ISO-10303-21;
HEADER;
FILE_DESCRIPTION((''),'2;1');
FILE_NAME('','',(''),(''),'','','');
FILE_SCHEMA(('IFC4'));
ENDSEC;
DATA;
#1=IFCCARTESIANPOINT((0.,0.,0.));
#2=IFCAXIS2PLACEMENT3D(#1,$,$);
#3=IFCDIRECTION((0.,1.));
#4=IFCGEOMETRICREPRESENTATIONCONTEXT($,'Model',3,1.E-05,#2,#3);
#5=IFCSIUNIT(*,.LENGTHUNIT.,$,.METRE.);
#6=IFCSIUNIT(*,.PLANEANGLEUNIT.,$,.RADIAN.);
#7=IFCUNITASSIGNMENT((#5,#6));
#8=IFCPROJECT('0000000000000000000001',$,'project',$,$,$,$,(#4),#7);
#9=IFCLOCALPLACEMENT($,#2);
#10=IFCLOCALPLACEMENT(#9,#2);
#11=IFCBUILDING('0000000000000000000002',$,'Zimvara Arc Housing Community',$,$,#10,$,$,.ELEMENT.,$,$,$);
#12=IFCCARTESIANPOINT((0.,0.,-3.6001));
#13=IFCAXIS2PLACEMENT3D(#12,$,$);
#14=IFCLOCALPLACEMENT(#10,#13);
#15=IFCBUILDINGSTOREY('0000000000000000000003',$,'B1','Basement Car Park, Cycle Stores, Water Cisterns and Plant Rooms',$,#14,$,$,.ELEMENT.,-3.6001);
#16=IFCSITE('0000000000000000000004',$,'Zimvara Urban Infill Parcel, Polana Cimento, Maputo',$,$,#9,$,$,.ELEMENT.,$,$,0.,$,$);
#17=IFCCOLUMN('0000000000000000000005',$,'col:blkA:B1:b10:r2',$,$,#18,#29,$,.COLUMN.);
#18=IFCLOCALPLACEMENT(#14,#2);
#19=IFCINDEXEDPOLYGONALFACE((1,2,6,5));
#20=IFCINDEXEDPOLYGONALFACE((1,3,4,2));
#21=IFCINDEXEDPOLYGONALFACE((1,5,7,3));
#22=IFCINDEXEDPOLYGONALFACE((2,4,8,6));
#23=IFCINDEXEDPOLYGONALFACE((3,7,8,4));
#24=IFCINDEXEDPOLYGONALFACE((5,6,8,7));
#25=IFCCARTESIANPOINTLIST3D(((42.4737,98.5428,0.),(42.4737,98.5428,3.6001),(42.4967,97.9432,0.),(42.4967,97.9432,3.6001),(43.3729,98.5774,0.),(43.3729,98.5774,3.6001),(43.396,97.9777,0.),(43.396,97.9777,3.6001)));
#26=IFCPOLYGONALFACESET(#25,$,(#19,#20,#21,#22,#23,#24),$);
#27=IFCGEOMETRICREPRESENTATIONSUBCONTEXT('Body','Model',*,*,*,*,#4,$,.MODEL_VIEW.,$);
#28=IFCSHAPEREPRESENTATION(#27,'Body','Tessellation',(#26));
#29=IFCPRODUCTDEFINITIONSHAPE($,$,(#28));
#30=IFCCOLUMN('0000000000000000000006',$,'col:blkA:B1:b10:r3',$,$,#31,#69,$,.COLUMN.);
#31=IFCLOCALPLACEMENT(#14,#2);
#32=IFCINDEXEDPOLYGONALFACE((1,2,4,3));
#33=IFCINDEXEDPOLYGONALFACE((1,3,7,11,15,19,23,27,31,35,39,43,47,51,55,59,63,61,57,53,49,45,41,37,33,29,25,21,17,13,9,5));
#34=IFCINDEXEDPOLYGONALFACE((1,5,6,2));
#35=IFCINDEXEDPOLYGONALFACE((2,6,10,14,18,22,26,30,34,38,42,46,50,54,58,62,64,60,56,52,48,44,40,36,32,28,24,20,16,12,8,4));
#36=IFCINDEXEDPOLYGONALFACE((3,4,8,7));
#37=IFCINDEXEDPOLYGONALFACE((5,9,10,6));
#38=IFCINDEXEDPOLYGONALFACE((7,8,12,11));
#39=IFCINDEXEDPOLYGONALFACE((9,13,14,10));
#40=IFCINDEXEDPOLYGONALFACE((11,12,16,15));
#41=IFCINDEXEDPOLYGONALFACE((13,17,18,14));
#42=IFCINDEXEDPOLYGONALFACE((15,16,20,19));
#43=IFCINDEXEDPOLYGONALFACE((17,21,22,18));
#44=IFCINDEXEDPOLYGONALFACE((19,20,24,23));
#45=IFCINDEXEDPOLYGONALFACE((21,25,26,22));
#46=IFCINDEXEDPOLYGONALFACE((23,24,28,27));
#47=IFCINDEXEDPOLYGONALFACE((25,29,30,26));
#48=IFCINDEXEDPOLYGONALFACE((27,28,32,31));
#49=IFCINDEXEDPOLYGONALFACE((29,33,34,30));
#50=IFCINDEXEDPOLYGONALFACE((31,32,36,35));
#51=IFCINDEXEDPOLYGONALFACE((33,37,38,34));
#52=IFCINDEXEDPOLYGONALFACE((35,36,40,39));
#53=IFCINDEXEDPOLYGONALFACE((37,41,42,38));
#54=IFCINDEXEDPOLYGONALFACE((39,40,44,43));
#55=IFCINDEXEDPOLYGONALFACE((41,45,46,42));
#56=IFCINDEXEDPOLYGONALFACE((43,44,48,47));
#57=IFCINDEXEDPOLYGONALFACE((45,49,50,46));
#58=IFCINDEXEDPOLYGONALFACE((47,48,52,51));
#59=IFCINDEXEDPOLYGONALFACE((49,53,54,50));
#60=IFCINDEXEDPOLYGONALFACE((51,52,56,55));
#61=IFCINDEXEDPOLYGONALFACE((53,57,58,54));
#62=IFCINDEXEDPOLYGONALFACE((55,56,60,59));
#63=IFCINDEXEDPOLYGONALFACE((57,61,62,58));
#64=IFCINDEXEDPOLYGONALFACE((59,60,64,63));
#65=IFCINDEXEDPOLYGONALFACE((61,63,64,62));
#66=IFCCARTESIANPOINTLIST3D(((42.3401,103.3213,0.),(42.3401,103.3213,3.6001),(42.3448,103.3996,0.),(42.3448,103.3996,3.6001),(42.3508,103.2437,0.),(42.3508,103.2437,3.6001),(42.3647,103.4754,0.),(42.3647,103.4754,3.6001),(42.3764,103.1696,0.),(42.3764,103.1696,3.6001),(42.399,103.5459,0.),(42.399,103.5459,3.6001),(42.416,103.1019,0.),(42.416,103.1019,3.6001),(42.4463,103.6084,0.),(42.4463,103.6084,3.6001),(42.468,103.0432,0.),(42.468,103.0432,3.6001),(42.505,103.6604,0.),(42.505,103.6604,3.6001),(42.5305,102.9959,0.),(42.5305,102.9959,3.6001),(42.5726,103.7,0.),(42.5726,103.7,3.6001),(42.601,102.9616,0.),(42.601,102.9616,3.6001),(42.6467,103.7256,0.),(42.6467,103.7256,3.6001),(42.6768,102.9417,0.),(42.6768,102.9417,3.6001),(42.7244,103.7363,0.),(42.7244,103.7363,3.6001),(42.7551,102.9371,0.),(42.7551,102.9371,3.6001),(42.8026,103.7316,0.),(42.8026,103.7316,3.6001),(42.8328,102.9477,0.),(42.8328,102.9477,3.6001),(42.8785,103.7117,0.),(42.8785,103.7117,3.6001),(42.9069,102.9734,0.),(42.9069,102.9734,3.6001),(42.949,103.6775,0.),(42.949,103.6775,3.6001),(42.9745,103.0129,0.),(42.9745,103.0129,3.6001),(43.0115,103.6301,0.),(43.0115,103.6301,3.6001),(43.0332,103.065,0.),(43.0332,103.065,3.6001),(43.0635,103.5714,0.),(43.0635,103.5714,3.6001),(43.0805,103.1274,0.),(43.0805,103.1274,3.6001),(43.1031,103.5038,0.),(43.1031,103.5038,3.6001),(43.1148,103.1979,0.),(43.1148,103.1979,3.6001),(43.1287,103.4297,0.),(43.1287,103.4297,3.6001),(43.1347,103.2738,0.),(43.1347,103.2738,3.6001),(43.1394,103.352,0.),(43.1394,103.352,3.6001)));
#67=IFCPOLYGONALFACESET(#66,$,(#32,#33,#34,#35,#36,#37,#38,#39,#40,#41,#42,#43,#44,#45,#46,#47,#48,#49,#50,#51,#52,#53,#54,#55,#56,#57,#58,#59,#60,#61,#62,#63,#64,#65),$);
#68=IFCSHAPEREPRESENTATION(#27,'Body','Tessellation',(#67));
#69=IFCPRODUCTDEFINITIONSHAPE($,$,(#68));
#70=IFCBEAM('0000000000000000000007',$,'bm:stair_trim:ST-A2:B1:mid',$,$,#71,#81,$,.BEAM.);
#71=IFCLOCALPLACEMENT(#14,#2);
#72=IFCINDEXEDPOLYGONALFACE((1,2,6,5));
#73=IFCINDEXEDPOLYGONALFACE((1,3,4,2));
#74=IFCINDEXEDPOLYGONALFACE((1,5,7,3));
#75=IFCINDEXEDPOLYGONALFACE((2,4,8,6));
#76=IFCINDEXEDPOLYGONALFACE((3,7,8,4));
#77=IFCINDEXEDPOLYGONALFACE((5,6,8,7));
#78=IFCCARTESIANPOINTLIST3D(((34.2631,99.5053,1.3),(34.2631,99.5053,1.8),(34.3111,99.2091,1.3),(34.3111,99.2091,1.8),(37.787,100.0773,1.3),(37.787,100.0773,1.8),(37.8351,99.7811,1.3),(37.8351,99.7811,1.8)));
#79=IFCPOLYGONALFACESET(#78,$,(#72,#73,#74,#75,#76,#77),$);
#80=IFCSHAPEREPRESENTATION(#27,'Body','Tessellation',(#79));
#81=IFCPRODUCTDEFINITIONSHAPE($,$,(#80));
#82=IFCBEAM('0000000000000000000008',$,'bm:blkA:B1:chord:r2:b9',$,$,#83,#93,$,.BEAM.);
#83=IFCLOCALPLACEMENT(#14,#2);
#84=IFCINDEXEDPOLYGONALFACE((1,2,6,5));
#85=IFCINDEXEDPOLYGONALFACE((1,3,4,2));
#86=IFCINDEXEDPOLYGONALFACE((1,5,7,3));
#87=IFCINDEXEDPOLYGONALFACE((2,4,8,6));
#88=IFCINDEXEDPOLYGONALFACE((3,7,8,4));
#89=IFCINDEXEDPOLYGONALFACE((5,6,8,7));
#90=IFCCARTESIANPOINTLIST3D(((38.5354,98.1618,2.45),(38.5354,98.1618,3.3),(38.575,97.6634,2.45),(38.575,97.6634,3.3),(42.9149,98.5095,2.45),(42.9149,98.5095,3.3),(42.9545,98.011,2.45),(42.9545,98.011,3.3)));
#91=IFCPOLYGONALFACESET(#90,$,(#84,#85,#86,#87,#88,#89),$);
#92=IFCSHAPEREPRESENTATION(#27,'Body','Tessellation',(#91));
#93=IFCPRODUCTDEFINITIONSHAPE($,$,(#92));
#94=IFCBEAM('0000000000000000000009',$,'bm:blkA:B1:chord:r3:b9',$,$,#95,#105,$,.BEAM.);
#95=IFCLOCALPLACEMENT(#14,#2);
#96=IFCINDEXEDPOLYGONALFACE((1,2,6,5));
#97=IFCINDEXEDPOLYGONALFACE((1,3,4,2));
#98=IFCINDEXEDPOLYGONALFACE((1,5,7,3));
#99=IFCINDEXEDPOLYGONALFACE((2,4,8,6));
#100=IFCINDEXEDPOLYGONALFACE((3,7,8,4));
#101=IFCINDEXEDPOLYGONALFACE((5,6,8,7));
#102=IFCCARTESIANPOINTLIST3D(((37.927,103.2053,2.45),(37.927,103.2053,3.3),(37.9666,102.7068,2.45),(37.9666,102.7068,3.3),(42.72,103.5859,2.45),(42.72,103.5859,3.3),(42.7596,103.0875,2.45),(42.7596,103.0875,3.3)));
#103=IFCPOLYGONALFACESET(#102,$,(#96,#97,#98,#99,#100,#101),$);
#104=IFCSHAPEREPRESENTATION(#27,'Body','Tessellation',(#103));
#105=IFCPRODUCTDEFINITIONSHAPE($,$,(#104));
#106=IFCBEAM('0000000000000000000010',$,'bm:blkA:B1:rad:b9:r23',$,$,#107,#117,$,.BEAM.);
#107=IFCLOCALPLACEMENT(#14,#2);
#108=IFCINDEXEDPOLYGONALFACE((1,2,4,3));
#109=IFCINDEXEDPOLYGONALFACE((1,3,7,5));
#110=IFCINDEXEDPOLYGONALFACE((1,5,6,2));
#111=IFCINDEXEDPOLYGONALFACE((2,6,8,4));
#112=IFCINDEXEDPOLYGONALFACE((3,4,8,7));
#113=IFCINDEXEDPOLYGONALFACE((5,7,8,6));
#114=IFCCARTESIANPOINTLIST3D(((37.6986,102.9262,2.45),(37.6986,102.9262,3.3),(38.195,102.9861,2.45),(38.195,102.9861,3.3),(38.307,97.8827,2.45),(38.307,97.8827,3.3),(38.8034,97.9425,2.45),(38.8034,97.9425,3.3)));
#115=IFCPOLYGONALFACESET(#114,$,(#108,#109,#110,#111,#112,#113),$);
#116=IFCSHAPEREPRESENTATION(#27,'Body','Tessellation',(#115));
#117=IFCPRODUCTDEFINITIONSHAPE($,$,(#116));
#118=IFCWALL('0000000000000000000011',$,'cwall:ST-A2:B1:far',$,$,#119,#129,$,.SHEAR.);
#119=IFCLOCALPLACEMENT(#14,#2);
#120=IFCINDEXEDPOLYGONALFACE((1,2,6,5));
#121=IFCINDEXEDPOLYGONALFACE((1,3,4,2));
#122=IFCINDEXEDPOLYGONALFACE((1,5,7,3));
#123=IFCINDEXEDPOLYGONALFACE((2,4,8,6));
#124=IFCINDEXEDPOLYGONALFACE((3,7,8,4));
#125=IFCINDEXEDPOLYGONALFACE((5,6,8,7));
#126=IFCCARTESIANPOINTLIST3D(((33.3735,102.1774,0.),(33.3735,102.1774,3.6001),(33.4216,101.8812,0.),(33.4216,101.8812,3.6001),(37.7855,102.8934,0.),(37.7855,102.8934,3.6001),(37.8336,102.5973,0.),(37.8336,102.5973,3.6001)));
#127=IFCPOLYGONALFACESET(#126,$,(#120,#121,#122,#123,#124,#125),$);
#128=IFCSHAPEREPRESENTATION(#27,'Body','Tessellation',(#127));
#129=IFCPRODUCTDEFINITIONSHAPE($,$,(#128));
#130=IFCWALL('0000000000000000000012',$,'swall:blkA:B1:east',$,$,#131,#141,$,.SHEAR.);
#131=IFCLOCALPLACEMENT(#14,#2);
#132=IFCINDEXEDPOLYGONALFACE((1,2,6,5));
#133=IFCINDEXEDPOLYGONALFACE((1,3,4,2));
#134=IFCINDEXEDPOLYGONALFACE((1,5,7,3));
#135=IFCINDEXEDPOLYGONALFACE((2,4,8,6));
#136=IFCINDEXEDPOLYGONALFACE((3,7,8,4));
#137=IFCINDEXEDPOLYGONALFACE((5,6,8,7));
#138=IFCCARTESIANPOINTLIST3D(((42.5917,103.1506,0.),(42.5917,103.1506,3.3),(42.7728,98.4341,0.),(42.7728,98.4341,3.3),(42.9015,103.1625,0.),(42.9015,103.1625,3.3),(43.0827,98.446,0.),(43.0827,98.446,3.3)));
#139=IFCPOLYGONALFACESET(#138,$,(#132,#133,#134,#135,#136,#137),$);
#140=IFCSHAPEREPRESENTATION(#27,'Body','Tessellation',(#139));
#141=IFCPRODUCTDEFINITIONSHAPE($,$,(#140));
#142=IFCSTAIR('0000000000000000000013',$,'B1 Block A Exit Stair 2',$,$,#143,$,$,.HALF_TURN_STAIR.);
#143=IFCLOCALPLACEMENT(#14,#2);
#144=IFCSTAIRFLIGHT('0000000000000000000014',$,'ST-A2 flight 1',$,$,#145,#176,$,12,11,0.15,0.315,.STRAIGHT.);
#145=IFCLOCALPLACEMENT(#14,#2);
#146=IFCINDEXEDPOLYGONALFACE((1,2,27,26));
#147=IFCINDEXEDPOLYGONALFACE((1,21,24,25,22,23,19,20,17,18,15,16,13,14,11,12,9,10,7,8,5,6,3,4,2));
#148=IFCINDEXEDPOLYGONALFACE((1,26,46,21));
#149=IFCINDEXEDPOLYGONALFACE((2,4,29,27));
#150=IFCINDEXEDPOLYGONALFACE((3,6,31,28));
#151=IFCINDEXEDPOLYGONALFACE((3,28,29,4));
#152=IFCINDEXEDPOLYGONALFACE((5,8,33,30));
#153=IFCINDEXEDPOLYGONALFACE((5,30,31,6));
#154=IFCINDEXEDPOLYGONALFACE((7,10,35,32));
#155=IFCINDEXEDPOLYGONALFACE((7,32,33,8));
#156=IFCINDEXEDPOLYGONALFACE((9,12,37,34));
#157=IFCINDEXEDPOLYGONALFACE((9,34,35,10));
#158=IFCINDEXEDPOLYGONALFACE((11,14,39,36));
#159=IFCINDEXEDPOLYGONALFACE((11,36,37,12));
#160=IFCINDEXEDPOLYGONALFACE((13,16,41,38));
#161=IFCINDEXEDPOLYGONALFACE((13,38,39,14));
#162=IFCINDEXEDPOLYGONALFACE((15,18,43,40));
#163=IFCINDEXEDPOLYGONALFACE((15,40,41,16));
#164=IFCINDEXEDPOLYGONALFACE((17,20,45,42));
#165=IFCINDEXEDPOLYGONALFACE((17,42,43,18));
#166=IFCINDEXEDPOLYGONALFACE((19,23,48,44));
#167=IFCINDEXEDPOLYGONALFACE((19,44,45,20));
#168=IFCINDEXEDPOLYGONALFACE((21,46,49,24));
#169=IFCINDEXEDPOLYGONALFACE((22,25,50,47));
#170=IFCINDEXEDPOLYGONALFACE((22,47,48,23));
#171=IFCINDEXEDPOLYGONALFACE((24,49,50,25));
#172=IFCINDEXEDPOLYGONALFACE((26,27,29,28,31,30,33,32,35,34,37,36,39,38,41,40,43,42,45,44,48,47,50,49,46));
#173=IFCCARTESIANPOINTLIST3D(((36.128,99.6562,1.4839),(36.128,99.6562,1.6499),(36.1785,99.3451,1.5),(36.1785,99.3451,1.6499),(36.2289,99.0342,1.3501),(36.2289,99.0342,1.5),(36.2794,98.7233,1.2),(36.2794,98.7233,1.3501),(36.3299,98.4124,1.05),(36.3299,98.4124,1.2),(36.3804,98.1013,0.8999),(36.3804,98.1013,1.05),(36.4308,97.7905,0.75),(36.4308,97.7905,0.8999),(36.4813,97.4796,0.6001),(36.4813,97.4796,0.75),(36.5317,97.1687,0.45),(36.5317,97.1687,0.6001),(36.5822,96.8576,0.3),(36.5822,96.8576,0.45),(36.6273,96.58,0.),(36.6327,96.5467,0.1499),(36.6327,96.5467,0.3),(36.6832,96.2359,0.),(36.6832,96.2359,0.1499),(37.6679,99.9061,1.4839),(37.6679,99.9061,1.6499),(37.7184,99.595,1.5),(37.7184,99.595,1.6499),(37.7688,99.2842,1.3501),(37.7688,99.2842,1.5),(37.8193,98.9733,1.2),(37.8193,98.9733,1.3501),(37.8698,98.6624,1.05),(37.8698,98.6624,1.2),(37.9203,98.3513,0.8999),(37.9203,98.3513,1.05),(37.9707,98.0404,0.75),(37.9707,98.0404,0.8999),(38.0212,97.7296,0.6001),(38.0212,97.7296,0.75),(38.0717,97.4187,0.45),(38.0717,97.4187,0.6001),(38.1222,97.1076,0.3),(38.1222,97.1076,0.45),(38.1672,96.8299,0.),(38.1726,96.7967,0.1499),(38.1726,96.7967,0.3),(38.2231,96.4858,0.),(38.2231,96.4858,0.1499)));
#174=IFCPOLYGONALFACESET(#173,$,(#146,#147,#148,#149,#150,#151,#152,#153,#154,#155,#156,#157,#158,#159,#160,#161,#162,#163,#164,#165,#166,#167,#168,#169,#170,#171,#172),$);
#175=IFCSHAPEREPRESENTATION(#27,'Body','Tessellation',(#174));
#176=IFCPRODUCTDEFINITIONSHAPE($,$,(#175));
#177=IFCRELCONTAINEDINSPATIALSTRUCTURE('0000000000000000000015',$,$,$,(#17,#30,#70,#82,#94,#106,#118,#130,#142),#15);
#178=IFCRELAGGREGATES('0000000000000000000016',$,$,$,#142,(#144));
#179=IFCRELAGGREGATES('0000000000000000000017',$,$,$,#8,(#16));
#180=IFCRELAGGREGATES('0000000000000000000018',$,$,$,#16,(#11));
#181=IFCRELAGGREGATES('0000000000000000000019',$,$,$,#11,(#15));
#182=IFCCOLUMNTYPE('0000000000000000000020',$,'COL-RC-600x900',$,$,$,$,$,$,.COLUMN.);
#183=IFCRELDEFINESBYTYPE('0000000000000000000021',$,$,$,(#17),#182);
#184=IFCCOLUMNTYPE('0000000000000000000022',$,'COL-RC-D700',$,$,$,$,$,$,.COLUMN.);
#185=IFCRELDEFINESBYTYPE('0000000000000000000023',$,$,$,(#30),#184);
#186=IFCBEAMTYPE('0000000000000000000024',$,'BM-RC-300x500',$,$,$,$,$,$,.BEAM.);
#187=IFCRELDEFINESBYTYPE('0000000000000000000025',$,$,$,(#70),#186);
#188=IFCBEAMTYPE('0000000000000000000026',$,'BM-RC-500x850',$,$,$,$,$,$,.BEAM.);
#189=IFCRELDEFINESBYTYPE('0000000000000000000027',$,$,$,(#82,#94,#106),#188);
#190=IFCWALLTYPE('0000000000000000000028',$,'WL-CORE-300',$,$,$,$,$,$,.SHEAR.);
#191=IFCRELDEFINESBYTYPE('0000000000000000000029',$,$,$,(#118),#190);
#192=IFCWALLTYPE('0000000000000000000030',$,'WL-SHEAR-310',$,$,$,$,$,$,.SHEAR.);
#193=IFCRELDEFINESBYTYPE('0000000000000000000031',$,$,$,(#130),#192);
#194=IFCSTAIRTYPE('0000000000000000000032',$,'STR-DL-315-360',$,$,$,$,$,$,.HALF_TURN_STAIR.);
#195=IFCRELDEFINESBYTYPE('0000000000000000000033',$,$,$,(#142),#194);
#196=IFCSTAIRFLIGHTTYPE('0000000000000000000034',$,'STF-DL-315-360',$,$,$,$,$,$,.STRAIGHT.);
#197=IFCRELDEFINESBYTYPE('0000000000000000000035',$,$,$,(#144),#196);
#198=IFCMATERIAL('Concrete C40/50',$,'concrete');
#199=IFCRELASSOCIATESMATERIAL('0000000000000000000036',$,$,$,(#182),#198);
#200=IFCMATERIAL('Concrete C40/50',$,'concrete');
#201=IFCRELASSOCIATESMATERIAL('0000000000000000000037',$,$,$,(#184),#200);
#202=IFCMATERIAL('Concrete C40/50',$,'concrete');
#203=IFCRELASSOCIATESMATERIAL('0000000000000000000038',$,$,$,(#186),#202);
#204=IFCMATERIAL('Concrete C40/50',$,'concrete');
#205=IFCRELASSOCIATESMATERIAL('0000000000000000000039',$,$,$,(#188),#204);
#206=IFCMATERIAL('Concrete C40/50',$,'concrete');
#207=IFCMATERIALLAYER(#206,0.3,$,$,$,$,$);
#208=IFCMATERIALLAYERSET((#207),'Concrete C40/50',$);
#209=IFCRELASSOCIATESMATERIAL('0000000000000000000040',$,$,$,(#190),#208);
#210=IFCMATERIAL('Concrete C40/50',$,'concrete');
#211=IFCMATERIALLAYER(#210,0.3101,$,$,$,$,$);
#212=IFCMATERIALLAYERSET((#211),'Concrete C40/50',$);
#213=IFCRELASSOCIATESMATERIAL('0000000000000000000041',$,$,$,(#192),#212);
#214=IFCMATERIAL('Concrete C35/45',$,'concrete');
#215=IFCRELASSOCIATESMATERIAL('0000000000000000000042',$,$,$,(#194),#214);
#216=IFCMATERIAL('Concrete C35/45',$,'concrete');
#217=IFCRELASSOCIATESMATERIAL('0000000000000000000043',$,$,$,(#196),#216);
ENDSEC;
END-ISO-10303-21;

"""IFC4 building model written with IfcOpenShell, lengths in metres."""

from ifc_helpers import new_model, si_unit, direction, frame, frame_2d, origin, origin_2d, place, context, subcontext, project, spatial, polyline, rectangle, circle, outline, extrude, material, layer, layer_set, material_profile, profile_set, type_object, element, aggregate, save


model = new_model("IFC4")

# Units and contexts
model_context = context("Model", 3, precision=1e-05, world=origin(), true_north=direction((0.0, 1.0)))
body_context = subcontext(model_context, "Body", "Model", "MODEL_VIEW")
ifc_project = project(units=[si_unit("LENGTHUNIT", "METRE"), si_unit("PLANEANGLEUNIT", "RADIAN")], contexts=[model_context])

# Site, building, storey
site_placement = place(None, origin())
site = spatial("IfcSite", under=ifc_project, at=site_placement, Name="Zimvara Urban Infill Parcel, Polana Cimento, Maputo", CompositionType="ELEMENT", RefElevation=0.0)
building_placement = place(site_placement, origin())
building = spatial("IfcBuilding", under=site, at=building_placement, Name="Zimvara Arc Housing Community", CompositionType="ELEMENT")
storey_placement = place(building_placement, frame((0.0, 0.0, -3.6001)))
storey = spatial("IfcBuildingStorey", under=building, at=storey_placement, Name="B1", Description="Basement Car Park, Cycle Stores, Water Cisterns and Plant Rooms", CompositionType="ELEMENT", Elevation=-3.6001)

# Columns
ifc_material_1 = material(Name="Concrete C40/50", Category="concrete")
ifc_material_profile_1 = material_profile(ifc_material_1, rectangle(XDim=0.6001, YDim=0.8999, at=origin_2d()), Name="RC 600x900")
ifc_profile_set_1 = profile_set([ifc_material_profile_1], Name="Concrete C40/50")
column_type_1 = type_object("IfcColumnType", Name="COL-RC-600x900", PredefinedType="COLUMN", material=ifc_profile_set_1)
for number, where, z_axis, x_axis, name in (
    (1, (42.9348, 98.2603, 0.0), (0.0, 0.0, 1.0), (-0.038388, 0.999263, 0.0), "col:blkA:B1:b10:r2"),
):
    element("IfcColumn", number, at=place(storey_placement, frame(where, z_axis=z_axis, x_axis=x_axis)), inside=storey, type_object=column_type_1, Name=name, PredefinedType="COLUMN", context=body_context, shape_type="SweptSolid", body=[
        extrude(rectangle(XDim=0.6001, YDim=0.8999, at=origin_2d()), origin(), (0.0, 0.0, 1.0), 3.6001),
    ])
ifc_material_2 = material(Name="Concrete C40/50", Category="concrete")
ifc_material_profile_2 = material_profile(ifc_material_2, circle(Radius=0.3999, at=origin_2d()), Name="RC D800")
ifc_profile_set_2 = profile_set([ifc_material_profile_2], Name="Concrete C40/50")
column_type_2 = type_object("IfcColumnType", Name="COL-RC-D700", PredefinedType="COLUMN", material=ifc_profile_set_2)
column_1_placement = place(storey_placement, frame((42.7397, 103.3367, 0.0), z_axis=(0.0, 0.0, 1.0), x_axis=(-0.038388, 0.999263, 0.0)))
element("IfcColumn", 2, at=column_1_placement, inside=storey, type_object=column_type_2, Name="col:blkA:B1:b10:r3", PredefinedType="COLUMN", context=body_context, shape_type="SweptSolid", body=[
    extrude(circle(Radius=0.3999, at=origin_2d()), origin(), (0.0, 0.0, 1.0), 3.6001),
])

# Beams
ifc_material_3 = material(Name="Concrete C40/50", Category="concrete")
ifc_material_profile_3 = material_profile(ifc_material_3, rectangle(XDim=0.3, YDim=0.5, at=origin_2d()), Name="RC 300x500")
ifc_profile_set_3 = profile_set([ifc_material_profile_3], Name="Concrete C40/50")
beam_type_1 = type_object("IfcBeamType", Name="BM-RC-300x500", PredefinedType="BEAM", material=ifc_profile_set_3)
beam_1_placement = place(storey_placement, frame((37.811, 99.9292, 1.55), z_axis=(-0.98708, -0.160228, 0.0), x_axis=(0.160228, -0.98708, 0.0)))
element("IfcBeam", 3, at=beam_1_placement, inside=storey, type_object=beam_type_1, Name="bm:stair_trim:ST-A2:B1:mid", PredefinedType="BEAM", context=body_context, shape_type="SweptSolid", body=[
    extrude(rectangle(XDim=0.3, YDim=0.5, at=origin_2d()), origin(), (0.0, 0.0, 1.0), 3.5701),
])
ifc_material_4 = material(Name="Concrete C40/50", Category="concrete")
ifc_material_profile_4 = material_profile(ifc_material_4, rectangle(XDim=0.5, YDim=0.8501, at=origin_2d()), Name="RC 500x850")
ifc_profile_set_4 = profile_set([ifc_material_profile_4], Name="Concrete C40/50")
beam_type_2 = type_object("IfcBeamType", Name="BM-RC-500x850", PredefinedType="BEAM", material=ifc_profile_set_4)
beam_2_placement = place(storey_placement, frame((38.5552, 97.9126, 2.875), z_axis=(0.996864, 0.079131, 0.0), x_axis=(-0.079131, 0.996864, 0.0)))
element("IfcBeam", 4, at=beam_2_placement, inside=storey, type_object=beam_type_2, Name="bm:blkA:B1:chord:r2:b9", PredefinedType="BEAM", context=body_context, shape_type="SweptSolid", body=[
    extrude(rectangle(XDim=0.5, YDim=0.8501, at=origin_2d()), origin(), (0.0, 0.0, 1.0), 4.3933),
])
beam_3_placement = place(storey_placement, frame((37.9468, 102.9561, 2.875), z_axis=(0.996862, 0.079162, 0.0), x_axis=(-0.079162, 0.996862, 0.0)))
element("IfcBeam", 5, at=beam_3_placement, inside=storey, type_object=beam_type_2, Name="bm:blkA:B1:chord:r3:b9", PredefinedType="BEAM", context=body_context, shape_type="SweptSolid", body=[
    extrude(rectangle(XDim=0.5, YDim=0.8501, at=origin_2d()), origin(), (0.0, 0.0, 1.0), 4.8081),
])
beam_4_placement = place(storey_placement, frame((38.5552, 97.9126, 2.875), z_axis=(-0.119763, 0.992803, 0.0), x_axis=(-0.992803, -0.119763, 0.0)))
element("IfcBeam", 6, at=beam_4_placement, inside=storey, type_object=beam_type_2, Name="bm:blkA:B1:rad:b9:r23", PredefinedType="BEAM", context=body_context, shape_type="SweptSolid", body=[
    extrude(rectangle(XDim=0.5, YDim=0.8501, at=origin_2d()), origin(), (0.0, 0.0, 1.0), 5.0801),
])

# Walls
ifc_material_5 = material(Name="Concrete C40/50", Category="concrete")
ifc_layer_1 = layer(ifc_material_5, 0.3)
ifc_layer_set_1 = layer_set([ifc_layer_1], Name="Concrete C40/50")
wall_type_1 = type_object("IfcWallType", Name="WL-CORE-300", PredefinedType="SHEAR", material=ifc_layer_set_1)
wall_1_placement = place(storey_placement, frame((37.8096, 102.7454, 0.0), z_axis=(0.0, 0.0, 1.0), x_axis=(-0.987085, -0.160199, 0.0)))
element("IfcWall", 7, at=wall_1_placement, inside=storey, type_object=wall_type_1, Name="cwall:ST-A2:B1:far", PredefinedType="SHEAR", context=body_context, shape_type="SweptSolid", body=[
    extrude(rectangle(XDim=4.4697, YDim=0.3, at=frame_2d((2.2349, 0.0))), origin(), (0.0, 0.0, 1.0), 3.6001),
])
ifc_material_6 = material(Name="Concrete C40/50", Category="concrete")
ifc_layer_2 = layer(ifc_material_6, 0.3101)
ifc_layer_set_2 = layer_set([ifc_layer_2], Name="Concrete C40/50")
wall_type_2 = type_object("IfcWallType", Name="WL-SHEAR-310", PredefinedType="SHEAR", material=ifc_layer_set_2)
wall_2_placement = place(storey_placement, frame((42.9277, 98.4402, 0.0), z_axis=(0.0, 0.0, 1.0), x_axis=(-0.038379, 0.999263, 0.0)))
element("IfcWall", 8, at=wall_2_placement, inside=storey, type_object=wall_type_2, Name="swall:blkA:B1:east", PredefinedType="SHEAR", context=body_context, shape_type="SweptSolid", body=[
    extrude(rectangle(XDim=4.72, YDim=0.3101, at=frame_2d((2.3599, 0.0))), origin(), (0.0, 0.0, 1.0), 3.3),
])

# Stair, stair flight
ifc_material_7 = material(Name="Concrete C35/45", Category="concrete")
stair_type = type_object("IfcStairType", Name="STR-DL-315-360", PredefinedType="HALF_TURN_STAIR", material=ifc_material_7)
stair_placement = place(storey_placement, origin())
stair = element("IfcStair", 9, at=stair_placement, inside=storey, type_object=stair_type, Name="B1 Block A Exit Stair 2", PredefinedType="HALF_TURN_STAIR")
ifc_material_8 = material(Name="Concrete C35/45", Category="concrete")
stair_flight_type = type_object("IfcStairFlightType", Name="STF-DL-315-360", PredefinedType="STRAIGHT", material=ifc_material_8)
stair_flight_placement = place(storey_placement, frame((37.4531, 96.3608, 0.0), z_axis=(0.0, 0.0, 1.0), x_axis=(-0.160226, 0.98708, 0.0)))
stair_flight = element("IfcStairFlight", 10, at=stair_flight_placement, type_object=stair_flight_type, Name="ST-A2 flight 1", NumberOfRisers=12, NumberOfTreads=11, PredefinedType="STRAIGHT", RiserHeight=0.15, TreadLength=0.315, context=body_context, shape_type="SweptSolid", body=[
    extrude(outline(polyline([(0.0, 0.0), (0.0, 0.1499), (0.3149, 0.1499), (0.3149, 0.3), (0.6299, 0.3), (0.6299, 0.45), (0.9451, 0.45), (0.9451, 0.6001), (1.26, 0.6001), (1.26, 0.75), (1.575, 0.75), (1.575, 0.8999), (1.8899, 0.8999), (1.8899, 1.05), (2.2051, 1.05), (2.2051, 1.2), (2.52, 1.2), (2.52, 1.3501), (2.835, 1.3501), (2.835, 1.5), (3.1499, 1.5), (3.1499, 1.6499), (3.4651, 1.6499), (3.4651, 1.8), (3.4651, 1.4839), (0.3486, 0.0), (0.0, 0.0)])), frame((0.0, 0.78, 0.0), z_axis=(0.0, -1.0, 0.0), x_axis=(1.0, 0.0, 0.0)), (0.0, 0.0, 1.0), 1.5601),
])
aggregate(stair, [stair_flight])

save(model, "model.ifc")
